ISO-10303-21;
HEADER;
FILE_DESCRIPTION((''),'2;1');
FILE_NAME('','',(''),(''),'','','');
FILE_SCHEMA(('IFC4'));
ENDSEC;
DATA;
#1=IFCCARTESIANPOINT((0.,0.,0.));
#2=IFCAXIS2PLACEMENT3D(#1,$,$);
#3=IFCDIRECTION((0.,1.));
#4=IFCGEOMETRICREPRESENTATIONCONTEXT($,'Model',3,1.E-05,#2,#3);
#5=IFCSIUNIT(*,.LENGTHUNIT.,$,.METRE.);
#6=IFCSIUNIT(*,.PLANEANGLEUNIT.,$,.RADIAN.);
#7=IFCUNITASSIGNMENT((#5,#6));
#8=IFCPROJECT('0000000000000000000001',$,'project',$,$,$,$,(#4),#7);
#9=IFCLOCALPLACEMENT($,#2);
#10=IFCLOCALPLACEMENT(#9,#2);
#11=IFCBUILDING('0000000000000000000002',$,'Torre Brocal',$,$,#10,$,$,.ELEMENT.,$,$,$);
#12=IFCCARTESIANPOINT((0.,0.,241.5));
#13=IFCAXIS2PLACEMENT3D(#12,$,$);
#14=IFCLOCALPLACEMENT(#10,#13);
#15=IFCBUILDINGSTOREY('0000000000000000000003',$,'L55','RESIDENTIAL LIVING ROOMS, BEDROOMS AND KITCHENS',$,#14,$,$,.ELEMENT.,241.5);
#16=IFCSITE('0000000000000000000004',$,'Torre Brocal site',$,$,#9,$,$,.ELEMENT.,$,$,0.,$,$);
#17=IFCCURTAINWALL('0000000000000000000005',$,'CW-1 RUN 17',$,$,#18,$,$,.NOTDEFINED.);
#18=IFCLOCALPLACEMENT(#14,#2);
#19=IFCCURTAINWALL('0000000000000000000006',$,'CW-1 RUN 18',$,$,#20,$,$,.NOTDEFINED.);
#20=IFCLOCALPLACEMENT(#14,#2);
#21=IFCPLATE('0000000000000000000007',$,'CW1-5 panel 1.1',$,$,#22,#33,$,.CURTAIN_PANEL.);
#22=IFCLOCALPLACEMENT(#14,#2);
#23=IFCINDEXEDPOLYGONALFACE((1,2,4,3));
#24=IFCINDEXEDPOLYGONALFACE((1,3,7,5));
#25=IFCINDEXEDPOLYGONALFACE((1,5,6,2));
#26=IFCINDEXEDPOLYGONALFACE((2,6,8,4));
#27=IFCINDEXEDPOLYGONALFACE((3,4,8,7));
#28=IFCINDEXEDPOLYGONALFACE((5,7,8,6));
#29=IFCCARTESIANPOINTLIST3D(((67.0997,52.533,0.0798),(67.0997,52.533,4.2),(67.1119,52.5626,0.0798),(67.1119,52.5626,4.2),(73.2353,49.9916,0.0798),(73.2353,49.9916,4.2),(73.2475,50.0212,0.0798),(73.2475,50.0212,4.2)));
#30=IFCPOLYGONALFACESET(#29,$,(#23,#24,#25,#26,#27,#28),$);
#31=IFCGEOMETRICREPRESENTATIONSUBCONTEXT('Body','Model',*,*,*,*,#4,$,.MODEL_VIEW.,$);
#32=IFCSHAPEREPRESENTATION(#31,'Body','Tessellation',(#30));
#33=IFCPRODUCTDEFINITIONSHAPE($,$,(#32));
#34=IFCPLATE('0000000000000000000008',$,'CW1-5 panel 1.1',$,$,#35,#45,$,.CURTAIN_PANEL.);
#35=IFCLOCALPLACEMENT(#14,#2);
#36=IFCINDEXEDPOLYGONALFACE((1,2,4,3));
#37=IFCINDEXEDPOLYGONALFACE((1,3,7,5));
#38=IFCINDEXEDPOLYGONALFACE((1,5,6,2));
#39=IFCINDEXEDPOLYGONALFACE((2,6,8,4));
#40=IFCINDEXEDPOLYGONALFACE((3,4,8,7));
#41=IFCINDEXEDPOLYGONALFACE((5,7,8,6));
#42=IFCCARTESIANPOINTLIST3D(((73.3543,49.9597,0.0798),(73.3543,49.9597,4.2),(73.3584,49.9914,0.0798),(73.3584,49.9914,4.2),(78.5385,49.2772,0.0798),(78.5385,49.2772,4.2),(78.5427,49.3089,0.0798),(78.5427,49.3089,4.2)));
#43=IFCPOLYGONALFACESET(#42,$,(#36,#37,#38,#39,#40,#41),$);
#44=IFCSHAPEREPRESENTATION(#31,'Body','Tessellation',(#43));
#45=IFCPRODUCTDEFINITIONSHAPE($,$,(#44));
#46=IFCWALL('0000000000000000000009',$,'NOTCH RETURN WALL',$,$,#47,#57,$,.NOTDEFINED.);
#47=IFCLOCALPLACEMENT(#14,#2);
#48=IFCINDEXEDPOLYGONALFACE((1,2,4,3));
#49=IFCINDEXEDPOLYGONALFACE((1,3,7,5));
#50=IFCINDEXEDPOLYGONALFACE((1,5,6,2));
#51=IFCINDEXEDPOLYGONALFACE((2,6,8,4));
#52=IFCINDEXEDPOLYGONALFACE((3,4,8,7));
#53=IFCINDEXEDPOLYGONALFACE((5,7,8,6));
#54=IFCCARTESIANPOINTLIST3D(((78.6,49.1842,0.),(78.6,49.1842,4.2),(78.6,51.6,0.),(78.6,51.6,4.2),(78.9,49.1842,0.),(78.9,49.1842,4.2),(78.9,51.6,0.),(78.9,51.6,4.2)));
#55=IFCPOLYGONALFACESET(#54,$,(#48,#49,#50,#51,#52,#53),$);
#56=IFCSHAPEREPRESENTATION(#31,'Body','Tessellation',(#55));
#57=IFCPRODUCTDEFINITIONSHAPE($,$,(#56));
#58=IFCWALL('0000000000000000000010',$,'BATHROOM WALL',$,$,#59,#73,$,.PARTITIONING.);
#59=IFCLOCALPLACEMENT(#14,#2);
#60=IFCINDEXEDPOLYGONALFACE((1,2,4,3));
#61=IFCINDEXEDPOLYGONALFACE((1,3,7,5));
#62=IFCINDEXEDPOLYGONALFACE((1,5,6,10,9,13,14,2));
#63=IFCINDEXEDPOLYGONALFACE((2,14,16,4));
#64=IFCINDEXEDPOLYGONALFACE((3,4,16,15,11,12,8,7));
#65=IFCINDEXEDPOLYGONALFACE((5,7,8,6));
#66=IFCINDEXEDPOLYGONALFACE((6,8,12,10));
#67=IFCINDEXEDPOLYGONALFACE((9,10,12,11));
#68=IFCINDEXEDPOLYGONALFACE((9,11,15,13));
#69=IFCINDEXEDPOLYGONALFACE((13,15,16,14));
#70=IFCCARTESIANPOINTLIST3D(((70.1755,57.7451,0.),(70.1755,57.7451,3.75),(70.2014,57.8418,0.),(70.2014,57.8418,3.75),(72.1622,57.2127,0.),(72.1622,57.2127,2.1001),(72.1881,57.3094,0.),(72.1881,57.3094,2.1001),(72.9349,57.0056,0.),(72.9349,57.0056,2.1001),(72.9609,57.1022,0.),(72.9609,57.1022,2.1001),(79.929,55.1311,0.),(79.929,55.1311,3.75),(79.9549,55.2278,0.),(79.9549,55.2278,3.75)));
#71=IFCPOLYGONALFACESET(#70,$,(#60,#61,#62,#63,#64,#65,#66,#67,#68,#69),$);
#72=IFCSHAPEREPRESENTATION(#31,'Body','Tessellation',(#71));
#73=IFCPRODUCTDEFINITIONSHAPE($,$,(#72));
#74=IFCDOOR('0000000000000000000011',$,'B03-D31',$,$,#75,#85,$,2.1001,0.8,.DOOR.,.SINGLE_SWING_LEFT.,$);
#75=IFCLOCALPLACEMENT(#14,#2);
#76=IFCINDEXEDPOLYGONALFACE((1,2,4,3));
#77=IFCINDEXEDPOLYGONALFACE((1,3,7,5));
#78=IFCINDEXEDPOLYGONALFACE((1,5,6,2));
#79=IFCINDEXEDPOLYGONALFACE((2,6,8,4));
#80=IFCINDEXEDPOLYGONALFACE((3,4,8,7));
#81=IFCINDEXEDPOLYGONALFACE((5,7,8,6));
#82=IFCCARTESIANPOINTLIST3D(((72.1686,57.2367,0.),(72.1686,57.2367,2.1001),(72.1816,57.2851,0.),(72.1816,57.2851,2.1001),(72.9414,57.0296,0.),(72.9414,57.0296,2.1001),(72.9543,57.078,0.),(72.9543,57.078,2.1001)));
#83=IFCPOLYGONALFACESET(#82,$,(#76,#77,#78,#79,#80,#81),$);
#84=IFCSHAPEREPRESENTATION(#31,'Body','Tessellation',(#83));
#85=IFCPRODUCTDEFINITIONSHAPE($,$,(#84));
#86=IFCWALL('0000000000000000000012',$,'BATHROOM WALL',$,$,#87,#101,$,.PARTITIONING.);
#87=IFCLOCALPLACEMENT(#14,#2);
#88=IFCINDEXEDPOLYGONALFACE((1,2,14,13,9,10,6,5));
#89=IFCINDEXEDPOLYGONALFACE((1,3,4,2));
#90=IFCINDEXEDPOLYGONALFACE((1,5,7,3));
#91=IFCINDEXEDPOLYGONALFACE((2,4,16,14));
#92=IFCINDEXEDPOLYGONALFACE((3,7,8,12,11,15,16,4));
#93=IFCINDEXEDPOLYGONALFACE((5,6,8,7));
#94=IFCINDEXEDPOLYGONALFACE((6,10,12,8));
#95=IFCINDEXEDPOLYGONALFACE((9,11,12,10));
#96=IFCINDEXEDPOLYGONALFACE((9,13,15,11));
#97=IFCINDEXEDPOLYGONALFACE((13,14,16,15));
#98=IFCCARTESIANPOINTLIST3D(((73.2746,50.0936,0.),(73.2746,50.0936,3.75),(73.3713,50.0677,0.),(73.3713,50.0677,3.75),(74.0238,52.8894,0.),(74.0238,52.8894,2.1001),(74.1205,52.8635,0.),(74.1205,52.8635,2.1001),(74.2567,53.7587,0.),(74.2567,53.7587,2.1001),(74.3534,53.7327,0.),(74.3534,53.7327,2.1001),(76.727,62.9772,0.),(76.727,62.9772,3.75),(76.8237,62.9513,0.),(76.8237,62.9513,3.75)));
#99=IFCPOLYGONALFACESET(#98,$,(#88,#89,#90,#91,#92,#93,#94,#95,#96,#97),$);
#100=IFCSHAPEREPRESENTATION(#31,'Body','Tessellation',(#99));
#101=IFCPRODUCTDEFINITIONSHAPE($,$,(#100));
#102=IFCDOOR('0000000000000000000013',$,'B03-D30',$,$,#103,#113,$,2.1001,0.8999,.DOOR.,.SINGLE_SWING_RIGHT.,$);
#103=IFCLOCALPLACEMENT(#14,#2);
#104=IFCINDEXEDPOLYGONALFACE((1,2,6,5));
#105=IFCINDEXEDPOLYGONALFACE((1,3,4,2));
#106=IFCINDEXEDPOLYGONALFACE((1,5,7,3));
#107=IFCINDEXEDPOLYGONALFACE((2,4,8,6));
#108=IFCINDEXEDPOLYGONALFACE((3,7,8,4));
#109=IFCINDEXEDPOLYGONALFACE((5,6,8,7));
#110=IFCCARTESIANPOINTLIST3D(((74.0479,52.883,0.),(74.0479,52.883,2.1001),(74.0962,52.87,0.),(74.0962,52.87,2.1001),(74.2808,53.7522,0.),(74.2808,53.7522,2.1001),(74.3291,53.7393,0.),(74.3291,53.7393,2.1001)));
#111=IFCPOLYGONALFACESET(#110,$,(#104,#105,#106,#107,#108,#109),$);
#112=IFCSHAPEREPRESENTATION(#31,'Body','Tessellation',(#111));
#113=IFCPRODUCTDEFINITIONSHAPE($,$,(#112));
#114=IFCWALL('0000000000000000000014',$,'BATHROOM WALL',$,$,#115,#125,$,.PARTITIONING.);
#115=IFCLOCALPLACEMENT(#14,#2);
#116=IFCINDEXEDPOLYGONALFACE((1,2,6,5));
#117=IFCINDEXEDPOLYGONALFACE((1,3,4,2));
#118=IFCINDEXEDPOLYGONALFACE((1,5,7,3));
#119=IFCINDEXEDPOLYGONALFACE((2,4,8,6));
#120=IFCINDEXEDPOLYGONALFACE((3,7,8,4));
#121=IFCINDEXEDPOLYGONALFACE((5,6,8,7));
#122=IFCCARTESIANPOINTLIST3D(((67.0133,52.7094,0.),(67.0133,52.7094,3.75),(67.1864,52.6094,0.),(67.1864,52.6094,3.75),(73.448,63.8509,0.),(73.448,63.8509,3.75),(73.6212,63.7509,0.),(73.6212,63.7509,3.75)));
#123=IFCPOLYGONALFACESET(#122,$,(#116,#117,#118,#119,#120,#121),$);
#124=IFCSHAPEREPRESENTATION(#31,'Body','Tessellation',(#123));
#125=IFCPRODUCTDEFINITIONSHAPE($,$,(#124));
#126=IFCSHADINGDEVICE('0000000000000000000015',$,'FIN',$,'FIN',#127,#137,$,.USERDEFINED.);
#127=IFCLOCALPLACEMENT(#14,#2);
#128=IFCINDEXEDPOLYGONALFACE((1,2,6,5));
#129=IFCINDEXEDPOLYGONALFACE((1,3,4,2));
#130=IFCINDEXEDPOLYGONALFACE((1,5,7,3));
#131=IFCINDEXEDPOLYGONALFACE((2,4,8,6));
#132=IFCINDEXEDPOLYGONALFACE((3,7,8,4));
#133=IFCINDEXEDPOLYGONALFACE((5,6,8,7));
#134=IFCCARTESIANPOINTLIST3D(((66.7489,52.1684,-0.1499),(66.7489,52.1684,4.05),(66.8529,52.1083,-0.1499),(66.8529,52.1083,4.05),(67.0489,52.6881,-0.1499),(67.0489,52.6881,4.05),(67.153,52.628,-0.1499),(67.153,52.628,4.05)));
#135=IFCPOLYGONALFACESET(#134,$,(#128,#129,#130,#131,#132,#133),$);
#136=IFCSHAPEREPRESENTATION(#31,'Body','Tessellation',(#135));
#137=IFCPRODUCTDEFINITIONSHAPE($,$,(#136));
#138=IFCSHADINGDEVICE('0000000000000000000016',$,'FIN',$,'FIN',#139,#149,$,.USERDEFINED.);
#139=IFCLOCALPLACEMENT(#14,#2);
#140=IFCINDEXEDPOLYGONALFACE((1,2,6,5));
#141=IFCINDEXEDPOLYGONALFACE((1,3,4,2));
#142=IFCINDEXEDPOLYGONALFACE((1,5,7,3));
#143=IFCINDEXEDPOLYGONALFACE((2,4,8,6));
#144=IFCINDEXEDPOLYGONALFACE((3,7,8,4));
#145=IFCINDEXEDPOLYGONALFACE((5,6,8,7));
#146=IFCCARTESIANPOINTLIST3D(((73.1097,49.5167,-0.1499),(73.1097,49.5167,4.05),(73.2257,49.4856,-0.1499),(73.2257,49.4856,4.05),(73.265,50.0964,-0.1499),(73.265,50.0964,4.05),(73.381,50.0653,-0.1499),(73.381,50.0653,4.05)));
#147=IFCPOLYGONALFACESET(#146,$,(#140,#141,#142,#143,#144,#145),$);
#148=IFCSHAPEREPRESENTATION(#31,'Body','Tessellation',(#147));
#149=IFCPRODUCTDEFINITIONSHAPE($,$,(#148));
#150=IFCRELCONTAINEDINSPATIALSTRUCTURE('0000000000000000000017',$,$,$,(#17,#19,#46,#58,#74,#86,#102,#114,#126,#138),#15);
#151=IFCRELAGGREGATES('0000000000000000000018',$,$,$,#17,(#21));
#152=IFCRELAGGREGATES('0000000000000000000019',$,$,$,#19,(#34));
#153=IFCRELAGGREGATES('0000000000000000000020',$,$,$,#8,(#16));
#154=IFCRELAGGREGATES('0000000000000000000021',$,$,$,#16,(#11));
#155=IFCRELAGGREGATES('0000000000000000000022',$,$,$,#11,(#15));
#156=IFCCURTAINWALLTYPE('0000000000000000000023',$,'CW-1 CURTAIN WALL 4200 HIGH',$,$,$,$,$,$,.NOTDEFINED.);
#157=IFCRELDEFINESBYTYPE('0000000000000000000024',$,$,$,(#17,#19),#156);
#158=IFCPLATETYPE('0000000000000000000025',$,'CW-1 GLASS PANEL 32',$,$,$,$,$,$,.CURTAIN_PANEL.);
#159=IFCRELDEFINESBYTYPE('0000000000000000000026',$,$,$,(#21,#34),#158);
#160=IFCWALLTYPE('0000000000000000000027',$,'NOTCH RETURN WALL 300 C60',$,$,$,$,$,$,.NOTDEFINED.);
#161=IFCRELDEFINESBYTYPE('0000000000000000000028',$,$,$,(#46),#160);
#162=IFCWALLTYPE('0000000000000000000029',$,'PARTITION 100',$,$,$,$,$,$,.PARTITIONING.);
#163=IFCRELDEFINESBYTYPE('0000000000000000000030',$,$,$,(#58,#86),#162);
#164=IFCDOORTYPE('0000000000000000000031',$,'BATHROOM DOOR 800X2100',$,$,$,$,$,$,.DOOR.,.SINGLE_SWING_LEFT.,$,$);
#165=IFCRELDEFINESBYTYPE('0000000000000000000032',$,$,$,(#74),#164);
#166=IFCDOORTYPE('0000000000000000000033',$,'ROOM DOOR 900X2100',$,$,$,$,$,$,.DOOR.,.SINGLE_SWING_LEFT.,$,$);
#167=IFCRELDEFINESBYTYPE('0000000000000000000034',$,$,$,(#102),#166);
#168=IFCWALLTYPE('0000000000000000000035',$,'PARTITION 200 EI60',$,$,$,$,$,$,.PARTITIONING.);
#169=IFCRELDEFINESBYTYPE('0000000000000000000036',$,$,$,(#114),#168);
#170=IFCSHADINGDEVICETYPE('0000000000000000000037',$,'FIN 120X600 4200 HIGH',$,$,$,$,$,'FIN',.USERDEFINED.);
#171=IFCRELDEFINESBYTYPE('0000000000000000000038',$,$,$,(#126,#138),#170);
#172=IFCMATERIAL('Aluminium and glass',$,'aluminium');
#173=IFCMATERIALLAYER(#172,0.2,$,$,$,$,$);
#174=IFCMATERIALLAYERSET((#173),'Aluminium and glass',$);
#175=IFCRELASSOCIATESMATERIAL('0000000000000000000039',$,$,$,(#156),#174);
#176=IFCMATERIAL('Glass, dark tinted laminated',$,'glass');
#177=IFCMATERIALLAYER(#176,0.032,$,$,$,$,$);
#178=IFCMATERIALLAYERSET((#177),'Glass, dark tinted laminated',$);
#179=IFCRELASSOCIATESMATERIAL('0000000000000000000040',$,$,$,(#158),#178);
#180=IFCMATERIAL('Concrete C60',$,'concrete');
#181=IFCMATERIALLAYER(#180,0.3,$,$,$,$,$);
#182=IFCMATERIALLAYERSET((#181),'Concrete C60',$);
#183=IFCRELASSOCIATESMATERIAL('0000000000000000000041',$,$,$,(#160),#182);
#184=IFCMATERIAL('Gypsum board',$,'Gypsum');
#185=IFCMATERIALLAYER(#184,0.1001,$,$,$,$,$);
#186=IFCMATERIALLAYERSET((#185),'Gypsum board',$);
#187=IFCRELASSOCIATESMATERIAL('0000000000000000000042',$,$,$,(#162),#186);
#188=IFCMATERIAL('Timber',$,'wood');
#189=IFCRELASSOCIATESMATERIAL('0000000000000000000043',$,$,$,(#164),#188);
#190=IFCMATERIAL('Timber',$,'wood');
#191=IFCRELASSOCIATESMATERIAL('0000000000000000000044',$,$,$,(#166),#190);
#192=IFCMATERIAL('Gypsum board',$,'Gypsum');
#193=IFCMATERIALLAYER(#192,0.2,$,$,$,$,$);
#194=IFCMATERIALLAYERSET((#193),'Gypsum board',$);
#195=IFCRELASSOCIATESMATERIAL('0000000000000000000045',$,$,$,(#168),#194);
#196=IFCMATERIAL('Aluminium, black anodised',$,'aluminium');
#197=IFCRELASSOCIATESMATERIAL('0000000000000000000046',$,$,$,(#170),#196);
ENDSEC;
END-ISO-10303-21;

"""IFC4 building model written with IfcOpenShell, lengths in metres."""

from ifc_helpers import new_model, si_unit, direction, frame, frame_2d, origin, origin_2d, place, context, subcontext, project, spatial, rectangle, extrude, material, layer, layer_set, material_profile, profile_set, type_object, element, fill, aggregate, save


model = new_model("IFC4")

# Units and contexts
model_context = context("Model", 3, precision=1e-05, world=origin(), true_north=direction((0.0, 1.0)))
body_context = subcontext(model_context, "Body", "Model", "MODEL_VIEW")
ifc_project = project(units=[si_unit("LENGTHUNIT", "METRE"), si_unit("PLANEANGLEUNIT", "RADIAN")], contexts=[model_context])

# Site, building, storey
site_placement = place(None, origin())
site = spatial("IfcSite", under=ifc_project, at=site_placement, Name="Torre Brocal site", CompositionType="ELEMENT", RefElevation=0.0)
building_placement = place(site_placement, origin())
building = spatial("IfcBuilding", under=site, at=building_placement, Name="Torre Brocal", CompositionType="ELEMENT")
storey_placement = place(building_placement, frame((0.0, 0.0, 241.5)))
storey = spatial("IfcBuildingStorey", under=building, at=storey_placement, Name="L55", Description="RESIDENTIAL LIVING ROOMS, BEDROOMS AND KITCHENS", CompositionType="ELEMENT", Elevation=241.5)

# Shared definitions
ifc_material_1 = material(Name="Aluminium and glass", Category="aluminium")
ifc_layer_1 = layer(ifc_material_1, 0.2)
ifc_layer_set_1 = layer_set([ifc_layer_1], Name="Aluminium and glass")
curtain_wall_type = type_object("IfcCurtainWallType", Name="CW-1 CURTAIN WALL 4200 HIGH", PredefinedType="NOTDEFINED", material=ifc_layer_set_1)

# Curtain walls
curtain_wall_1_placement = place(storey_placement, origin())
curtain_wall_1 = element("IfcCurtainWall", 1, at=curtain_wall_1_placement, inside=storey, type_object=curtain_wall_type, Name="CW-1 RUN 17", PredefinedType="NOTDEFINED")
curtain_wall_2_placement = place(storey_placement, origin())
curtain_wall_2 = element("IfcCurtainWall", 2, at=curtain_wall_2_placement, inside=storey, type_object=curtain_wall_type, Name="CW-1 RUN 18", PredefinedType="NOTDEFINED")

# Plates
ifc_material_2 = material(Name="Glass, dark tinted laminated", Category="glass")
ifc_layer_2 = layer(ifc_material_2, 0.032)
ifc_layer_set_2 = layer_set([ifc_layer_2], Name="Glass, dark tinted laminated")
plate_type = type_object("IfcPlateType", Name="CW-1 GLASS PANEL 32", PredefinedType="CURTAIN_PANEL", material=ifc_layer_set_2)
plate_1_placement = place(storey_placement, frame((70.1736, 51.2771, 0.0798), z_axis=(0.0, 0.0, 1.0), x_axis=(0.92388, -0.382683, 0.0)))
plate_1 = element("IfcPlate", 3, at=plate_1_placement, type_object=plate_type, Name="CW1-5 panel 1.1", PredefinedType="CURTAIN_PANEL", context=body_context, shape_type="SweptSolid", body=[
    extrude(rectangle(XDim=6.6411, YDim=0.032, at=origin_2d()), origin(), (0.0, 0.0, 1.0), 4.1201),
])
aggregate(curtain_wall_1, [plate_1])
plate_2_placement = place(storey_placement, frame((75.9485, 49.6343, 0.0798), z_axis=(0.0, 0.0, 1.0), x_axis=(0.991445, -0.130526, 0.0)))
plate_2 = element("IfcPlate", 4, at=plate_2_placement, type_object=plate_type, Name="CW1-5 panel 1.1", PredefinedType="CURTAIN_PANEL", context=body_context, shape_type="SweptSolid", body=[
    extrude(rectangle(XDim=5.229, YDim=0.032, at=origin_2d()), origin(), (0.0, 0.0, 1.0), 4.1201),
])
aggregate(curtain_wall_2, [plate_2])

# Wall
ifc_material_3 = material(Name="Concrete C60", Category="concrete")
ifc_layer_3 = layer(ifc_material_3, 0.3)
ifc_layer_set_3 = layer_set([ifc_layer_3], Name="Concrete C60")
wall_type_1 = type_object("IfcWallType", Name="NOTCH RETURN WALL 300 C60", PredefinedType="NOTDEFINED", material=ifc_layer_set_3)
wall_1_placement = place(storey_placement, frame((78.75, 51.6001, 0.0), z_axis=(0.0, 0.0, 1.0), x_axis=(0.0, -1.0, 0.0)))
element("IfcWall", 5, at=wall_1_placement, inside=storey, type_object=wall_type_1, Name="NOTCH RETURN WALL", PredefinedType="NOTDEFINED", context=body_context, shape_type="SweptSolid", body=[
    extrude(rectangle(XDim=2.4158, YDim=0.3, at=frame_2d((1.208, 0.0))), origin(), (0.0, 0.0, 1.0), 4.2),
])

# Walls, openings, doors
ifc_material_4 = material(Name="Gypsum board", Category="Gypsum")
ifc_layer_4 = layer(ifc_material_4, 0.1001)
ifc_layer_set_4 = layer_set([ifc_layer_4], Name="Gypsum board")
wall_type_2 = type_object("IfcWallType", Name="PARTITION 100", PredefinedType="PARTITIONING", material=ifc_layer_set_4)
wall_2_placement = place(storey_placement, frame((70.1885, 57.7935, 0.0), z_axis=(0.0, 0.0, 1.0), x_axis=(0.965911, -0.258874, 0.0)))
wall_2 = element("IfcWall", 6, at=wall_2_placement, inside=storey, type_object=wall_type_2, Name="BATHROOM WALL", PredefinedType="PARTITIONING", context=body_context, shape_type="SweptSolid", body=[
    extrude(rectangle(XDim=10.0977, YDim=0.1001, at=frame_2d((5.0488, 0.0))), origin(), (0.0, 0.0, 1.0), 3.75),
])
opening_1_placement = place(wall_2_placement, frame((2.0569, 0.0, 0.0)))
opening_1 = element("IfcOpeningElement", 7, at=opening_1_placement, cuts=wall_2, PredefinedType="OPENING", context=body_context, shape_type="SweptSolid", body=[
    extrude(rectangle(XDim=0.8, YDim=2.1001, at=frame_2d((0.3999, 1.05))), frame((0.0, 0.0601, 0.0), z_axis=(0.0, -1.0, 0.0), x_axis=(1.0, 0.0, 0.0)), (0.0, 0.0, 1.0), 0.1201),
])
ifc_material_5 = material(Name="Timber", Category="wood")
door_type_1 = type_object("IfcDoorType", Name="BATHROOM DOOR 800X2100", OperationType="SINGLE_SWING_LEFT", PredefinedType="DOOR", material=ifc_material_5)
door_1_placement = place(opening_1_placement, origin())
door_1 = element("IfcDoor", 8, at=door_1_placement, inside=storey, type_object=door_type_1, Name="B03-D31", OperationType="SINGLE_SWING_LEFT", OverallHeight=2.1001, OverallWidth=0.8, PredefinedType="DOOR", context=body_context, shape_type="SweptSolid", body=[
    extrude(rectangle(XDim=0.8, YDim=2.1001, at=frame_2d((0.3999, 1.05))), frame((0.0, 0.0249, 0.0), z_axis=(0.0, -1.0, 0.0), x_axis=(1.0, 0.0, 0.0)), (0.0, 0.0, 1.0), 0.05),
])
fill(opening_1, door_1)
wall_3_placement = place(storey_placement, frame((73.323, 50.0808, 0.0), z_axis=(0.0, 0.0, 1.0), x_axis=(0.258837, 0.965921, 0.0)))
wall_3 = element("IfcWall", 9, at=wall_3_placement, inside=storey, type_object=wall_type_2, Name="BATHROOM WALL", PredefinedType="PARTITIONING", context=body_context, shape_type="SweptSolid", body=[
    extrude(rectangle(XDim=13.3381, YDim=0.1001, at=frame_2d((6.6689, 0.0))), origin(), (0.0, 0.0, 1.0), 3.75),
])
opening_2_placement = place(wall_3_placement, frame((2.8943, 0.0, 0.0)))
opening_2 = element("IfcOpeningElement", 10, at=opening_2_placement, cuts=wall_3, PredefinedType="OPENING", context=body_context, shape_type="SweptSolid", body=[
    extrude(rectangle(XDim=0.8999, YDim=2.1001, at=frame_2d((0.45, 1.05))), frame((0.0, 0.0601, 0.0), z_axis=(0.0, -1.0, 0.0), x_axis=(1.0, 0.0, 0.0)), (0.0, 0.0, 1.0), 0.1201),
])
ifc_material_6 = material(Name="Timber", Category="wood")
door_type_2 = type_object("IfcDoorType", Name="ROOM DOOR 900X2100", OperationType="SINGLE_SWING_LEFT", PredefinedType="DOOR", material=ifc_material_6)
door_2_placement = place(opening_2_placement, frame((0.8999, 0.0, 0.0), z_axis=(0.0, 0.0, 1.0), x_axis=(-1.0, 0.0, 0.0)))
door_2 = element("IfcDoor", 11, at=door_2_placement, inside=storey, type_object=door_type_2, Name="B03-D30", OperationType="SINGLE_SWING_RIGHT", OverallHeight=2.1001, OverallWidth=0.8999, PredefinedType="DOOR", context=body_context, shape_type="SweptSolid", body=[
    extrude(rectangle(XDim=0.8999, YDim=2.1001, at=frame_2d((0.45, 1.05))), frame((0.0, 0.0249, 0.0), z_axis=(0.0, -1.0, 0.0), x_axis=(1.0, 0.0, 0.0)), (0.0, 0.0, 1.0), 0.05),
])
fill(opening_2, door_2)

# Wall
ifc_material_7 = material(Name="Gypsum board", Category="Gypsum")
ifc_layer_5 = layer(ifc_material_7, 0.2)
ifc_layer_set_5 = layer_set([ifc_layer_5], Name="Gypsum board")
wall_type_3 = type_object("IfcWallType", Name="PARTITION 200 EI60", PredefinedType="PARTITIONING", material=ifc_layer_set_5)
wall_4_placement = place(storey_placement, frame((67.0999, 52.6594, 0.0), z_axis=(0.0, 0.0, 1.0), x_axis=(0.500129, 0.865951, 0.0)))
element("IfcWall", 12, at=wall_4_placement, inside=storey, type_object=wall_type_3, Name="BATHROOM WALL", PredefinedType="PARTITIONING", context=body_context, shape_type="SweptSolid", body=[
    extrude(rectangle(XDim=12.8662, YDim=0.2, at=frame_2d((6.4331, 0.0))), origin(), (0.0, 0.0, 1.0), 3.75),
])

# Shading devices
ifc_material_8 = material(Name="Aluminium, black anodised", Category="aluminium")
ifc_material_profile_1 = material_profile(ifc_material_8, rectangle(XDim=0.1201, YDim=0.6001, at=origin_2d()), Name="FIN 120X600 4200 HIGH")
ifc_profile_set_1 = profile_set([ifc_material_profile_1], Name="Aluminium, black anodised")
shading_device_type = type_object("IfcShadingDeviceType", Name="FIN 120X600 4200 HIGH", ElementType="FIN", PredefinedType="USERDEFINED", material=ifc_profile_set_1)
for number, where, z_axis, x_axis, name in (
    (13, (66.9509, 52.3982, -0.1499), (0.0, 0.0, 1.0), (0.866025, -0.5, 0.0), "FIN"),
    (14, (73.2454, 49.791, -0.1499), (0.0, 0.0, 1.0), (0.965926, -0.258819, 0.0), "FIN"),
):
    element("IfcShadingDevice", number, at=place(storey_placement, frame(where, z_axis=z_axis, x_axis=x_axis)), inside=storey, type_object=shading_device_type, Name=name, ObjectType="FIN", PredefinedType="USERDEFINED", context=body_context, shape_type="SweptSolid", body=[
        extrude(rectangle(XDim=0.1201, YDim=0.6001, at=origin_2d()), origin(), (0.0, 0.0, 1.0), 4.2),
    ])

save(model, "model.ifc")
